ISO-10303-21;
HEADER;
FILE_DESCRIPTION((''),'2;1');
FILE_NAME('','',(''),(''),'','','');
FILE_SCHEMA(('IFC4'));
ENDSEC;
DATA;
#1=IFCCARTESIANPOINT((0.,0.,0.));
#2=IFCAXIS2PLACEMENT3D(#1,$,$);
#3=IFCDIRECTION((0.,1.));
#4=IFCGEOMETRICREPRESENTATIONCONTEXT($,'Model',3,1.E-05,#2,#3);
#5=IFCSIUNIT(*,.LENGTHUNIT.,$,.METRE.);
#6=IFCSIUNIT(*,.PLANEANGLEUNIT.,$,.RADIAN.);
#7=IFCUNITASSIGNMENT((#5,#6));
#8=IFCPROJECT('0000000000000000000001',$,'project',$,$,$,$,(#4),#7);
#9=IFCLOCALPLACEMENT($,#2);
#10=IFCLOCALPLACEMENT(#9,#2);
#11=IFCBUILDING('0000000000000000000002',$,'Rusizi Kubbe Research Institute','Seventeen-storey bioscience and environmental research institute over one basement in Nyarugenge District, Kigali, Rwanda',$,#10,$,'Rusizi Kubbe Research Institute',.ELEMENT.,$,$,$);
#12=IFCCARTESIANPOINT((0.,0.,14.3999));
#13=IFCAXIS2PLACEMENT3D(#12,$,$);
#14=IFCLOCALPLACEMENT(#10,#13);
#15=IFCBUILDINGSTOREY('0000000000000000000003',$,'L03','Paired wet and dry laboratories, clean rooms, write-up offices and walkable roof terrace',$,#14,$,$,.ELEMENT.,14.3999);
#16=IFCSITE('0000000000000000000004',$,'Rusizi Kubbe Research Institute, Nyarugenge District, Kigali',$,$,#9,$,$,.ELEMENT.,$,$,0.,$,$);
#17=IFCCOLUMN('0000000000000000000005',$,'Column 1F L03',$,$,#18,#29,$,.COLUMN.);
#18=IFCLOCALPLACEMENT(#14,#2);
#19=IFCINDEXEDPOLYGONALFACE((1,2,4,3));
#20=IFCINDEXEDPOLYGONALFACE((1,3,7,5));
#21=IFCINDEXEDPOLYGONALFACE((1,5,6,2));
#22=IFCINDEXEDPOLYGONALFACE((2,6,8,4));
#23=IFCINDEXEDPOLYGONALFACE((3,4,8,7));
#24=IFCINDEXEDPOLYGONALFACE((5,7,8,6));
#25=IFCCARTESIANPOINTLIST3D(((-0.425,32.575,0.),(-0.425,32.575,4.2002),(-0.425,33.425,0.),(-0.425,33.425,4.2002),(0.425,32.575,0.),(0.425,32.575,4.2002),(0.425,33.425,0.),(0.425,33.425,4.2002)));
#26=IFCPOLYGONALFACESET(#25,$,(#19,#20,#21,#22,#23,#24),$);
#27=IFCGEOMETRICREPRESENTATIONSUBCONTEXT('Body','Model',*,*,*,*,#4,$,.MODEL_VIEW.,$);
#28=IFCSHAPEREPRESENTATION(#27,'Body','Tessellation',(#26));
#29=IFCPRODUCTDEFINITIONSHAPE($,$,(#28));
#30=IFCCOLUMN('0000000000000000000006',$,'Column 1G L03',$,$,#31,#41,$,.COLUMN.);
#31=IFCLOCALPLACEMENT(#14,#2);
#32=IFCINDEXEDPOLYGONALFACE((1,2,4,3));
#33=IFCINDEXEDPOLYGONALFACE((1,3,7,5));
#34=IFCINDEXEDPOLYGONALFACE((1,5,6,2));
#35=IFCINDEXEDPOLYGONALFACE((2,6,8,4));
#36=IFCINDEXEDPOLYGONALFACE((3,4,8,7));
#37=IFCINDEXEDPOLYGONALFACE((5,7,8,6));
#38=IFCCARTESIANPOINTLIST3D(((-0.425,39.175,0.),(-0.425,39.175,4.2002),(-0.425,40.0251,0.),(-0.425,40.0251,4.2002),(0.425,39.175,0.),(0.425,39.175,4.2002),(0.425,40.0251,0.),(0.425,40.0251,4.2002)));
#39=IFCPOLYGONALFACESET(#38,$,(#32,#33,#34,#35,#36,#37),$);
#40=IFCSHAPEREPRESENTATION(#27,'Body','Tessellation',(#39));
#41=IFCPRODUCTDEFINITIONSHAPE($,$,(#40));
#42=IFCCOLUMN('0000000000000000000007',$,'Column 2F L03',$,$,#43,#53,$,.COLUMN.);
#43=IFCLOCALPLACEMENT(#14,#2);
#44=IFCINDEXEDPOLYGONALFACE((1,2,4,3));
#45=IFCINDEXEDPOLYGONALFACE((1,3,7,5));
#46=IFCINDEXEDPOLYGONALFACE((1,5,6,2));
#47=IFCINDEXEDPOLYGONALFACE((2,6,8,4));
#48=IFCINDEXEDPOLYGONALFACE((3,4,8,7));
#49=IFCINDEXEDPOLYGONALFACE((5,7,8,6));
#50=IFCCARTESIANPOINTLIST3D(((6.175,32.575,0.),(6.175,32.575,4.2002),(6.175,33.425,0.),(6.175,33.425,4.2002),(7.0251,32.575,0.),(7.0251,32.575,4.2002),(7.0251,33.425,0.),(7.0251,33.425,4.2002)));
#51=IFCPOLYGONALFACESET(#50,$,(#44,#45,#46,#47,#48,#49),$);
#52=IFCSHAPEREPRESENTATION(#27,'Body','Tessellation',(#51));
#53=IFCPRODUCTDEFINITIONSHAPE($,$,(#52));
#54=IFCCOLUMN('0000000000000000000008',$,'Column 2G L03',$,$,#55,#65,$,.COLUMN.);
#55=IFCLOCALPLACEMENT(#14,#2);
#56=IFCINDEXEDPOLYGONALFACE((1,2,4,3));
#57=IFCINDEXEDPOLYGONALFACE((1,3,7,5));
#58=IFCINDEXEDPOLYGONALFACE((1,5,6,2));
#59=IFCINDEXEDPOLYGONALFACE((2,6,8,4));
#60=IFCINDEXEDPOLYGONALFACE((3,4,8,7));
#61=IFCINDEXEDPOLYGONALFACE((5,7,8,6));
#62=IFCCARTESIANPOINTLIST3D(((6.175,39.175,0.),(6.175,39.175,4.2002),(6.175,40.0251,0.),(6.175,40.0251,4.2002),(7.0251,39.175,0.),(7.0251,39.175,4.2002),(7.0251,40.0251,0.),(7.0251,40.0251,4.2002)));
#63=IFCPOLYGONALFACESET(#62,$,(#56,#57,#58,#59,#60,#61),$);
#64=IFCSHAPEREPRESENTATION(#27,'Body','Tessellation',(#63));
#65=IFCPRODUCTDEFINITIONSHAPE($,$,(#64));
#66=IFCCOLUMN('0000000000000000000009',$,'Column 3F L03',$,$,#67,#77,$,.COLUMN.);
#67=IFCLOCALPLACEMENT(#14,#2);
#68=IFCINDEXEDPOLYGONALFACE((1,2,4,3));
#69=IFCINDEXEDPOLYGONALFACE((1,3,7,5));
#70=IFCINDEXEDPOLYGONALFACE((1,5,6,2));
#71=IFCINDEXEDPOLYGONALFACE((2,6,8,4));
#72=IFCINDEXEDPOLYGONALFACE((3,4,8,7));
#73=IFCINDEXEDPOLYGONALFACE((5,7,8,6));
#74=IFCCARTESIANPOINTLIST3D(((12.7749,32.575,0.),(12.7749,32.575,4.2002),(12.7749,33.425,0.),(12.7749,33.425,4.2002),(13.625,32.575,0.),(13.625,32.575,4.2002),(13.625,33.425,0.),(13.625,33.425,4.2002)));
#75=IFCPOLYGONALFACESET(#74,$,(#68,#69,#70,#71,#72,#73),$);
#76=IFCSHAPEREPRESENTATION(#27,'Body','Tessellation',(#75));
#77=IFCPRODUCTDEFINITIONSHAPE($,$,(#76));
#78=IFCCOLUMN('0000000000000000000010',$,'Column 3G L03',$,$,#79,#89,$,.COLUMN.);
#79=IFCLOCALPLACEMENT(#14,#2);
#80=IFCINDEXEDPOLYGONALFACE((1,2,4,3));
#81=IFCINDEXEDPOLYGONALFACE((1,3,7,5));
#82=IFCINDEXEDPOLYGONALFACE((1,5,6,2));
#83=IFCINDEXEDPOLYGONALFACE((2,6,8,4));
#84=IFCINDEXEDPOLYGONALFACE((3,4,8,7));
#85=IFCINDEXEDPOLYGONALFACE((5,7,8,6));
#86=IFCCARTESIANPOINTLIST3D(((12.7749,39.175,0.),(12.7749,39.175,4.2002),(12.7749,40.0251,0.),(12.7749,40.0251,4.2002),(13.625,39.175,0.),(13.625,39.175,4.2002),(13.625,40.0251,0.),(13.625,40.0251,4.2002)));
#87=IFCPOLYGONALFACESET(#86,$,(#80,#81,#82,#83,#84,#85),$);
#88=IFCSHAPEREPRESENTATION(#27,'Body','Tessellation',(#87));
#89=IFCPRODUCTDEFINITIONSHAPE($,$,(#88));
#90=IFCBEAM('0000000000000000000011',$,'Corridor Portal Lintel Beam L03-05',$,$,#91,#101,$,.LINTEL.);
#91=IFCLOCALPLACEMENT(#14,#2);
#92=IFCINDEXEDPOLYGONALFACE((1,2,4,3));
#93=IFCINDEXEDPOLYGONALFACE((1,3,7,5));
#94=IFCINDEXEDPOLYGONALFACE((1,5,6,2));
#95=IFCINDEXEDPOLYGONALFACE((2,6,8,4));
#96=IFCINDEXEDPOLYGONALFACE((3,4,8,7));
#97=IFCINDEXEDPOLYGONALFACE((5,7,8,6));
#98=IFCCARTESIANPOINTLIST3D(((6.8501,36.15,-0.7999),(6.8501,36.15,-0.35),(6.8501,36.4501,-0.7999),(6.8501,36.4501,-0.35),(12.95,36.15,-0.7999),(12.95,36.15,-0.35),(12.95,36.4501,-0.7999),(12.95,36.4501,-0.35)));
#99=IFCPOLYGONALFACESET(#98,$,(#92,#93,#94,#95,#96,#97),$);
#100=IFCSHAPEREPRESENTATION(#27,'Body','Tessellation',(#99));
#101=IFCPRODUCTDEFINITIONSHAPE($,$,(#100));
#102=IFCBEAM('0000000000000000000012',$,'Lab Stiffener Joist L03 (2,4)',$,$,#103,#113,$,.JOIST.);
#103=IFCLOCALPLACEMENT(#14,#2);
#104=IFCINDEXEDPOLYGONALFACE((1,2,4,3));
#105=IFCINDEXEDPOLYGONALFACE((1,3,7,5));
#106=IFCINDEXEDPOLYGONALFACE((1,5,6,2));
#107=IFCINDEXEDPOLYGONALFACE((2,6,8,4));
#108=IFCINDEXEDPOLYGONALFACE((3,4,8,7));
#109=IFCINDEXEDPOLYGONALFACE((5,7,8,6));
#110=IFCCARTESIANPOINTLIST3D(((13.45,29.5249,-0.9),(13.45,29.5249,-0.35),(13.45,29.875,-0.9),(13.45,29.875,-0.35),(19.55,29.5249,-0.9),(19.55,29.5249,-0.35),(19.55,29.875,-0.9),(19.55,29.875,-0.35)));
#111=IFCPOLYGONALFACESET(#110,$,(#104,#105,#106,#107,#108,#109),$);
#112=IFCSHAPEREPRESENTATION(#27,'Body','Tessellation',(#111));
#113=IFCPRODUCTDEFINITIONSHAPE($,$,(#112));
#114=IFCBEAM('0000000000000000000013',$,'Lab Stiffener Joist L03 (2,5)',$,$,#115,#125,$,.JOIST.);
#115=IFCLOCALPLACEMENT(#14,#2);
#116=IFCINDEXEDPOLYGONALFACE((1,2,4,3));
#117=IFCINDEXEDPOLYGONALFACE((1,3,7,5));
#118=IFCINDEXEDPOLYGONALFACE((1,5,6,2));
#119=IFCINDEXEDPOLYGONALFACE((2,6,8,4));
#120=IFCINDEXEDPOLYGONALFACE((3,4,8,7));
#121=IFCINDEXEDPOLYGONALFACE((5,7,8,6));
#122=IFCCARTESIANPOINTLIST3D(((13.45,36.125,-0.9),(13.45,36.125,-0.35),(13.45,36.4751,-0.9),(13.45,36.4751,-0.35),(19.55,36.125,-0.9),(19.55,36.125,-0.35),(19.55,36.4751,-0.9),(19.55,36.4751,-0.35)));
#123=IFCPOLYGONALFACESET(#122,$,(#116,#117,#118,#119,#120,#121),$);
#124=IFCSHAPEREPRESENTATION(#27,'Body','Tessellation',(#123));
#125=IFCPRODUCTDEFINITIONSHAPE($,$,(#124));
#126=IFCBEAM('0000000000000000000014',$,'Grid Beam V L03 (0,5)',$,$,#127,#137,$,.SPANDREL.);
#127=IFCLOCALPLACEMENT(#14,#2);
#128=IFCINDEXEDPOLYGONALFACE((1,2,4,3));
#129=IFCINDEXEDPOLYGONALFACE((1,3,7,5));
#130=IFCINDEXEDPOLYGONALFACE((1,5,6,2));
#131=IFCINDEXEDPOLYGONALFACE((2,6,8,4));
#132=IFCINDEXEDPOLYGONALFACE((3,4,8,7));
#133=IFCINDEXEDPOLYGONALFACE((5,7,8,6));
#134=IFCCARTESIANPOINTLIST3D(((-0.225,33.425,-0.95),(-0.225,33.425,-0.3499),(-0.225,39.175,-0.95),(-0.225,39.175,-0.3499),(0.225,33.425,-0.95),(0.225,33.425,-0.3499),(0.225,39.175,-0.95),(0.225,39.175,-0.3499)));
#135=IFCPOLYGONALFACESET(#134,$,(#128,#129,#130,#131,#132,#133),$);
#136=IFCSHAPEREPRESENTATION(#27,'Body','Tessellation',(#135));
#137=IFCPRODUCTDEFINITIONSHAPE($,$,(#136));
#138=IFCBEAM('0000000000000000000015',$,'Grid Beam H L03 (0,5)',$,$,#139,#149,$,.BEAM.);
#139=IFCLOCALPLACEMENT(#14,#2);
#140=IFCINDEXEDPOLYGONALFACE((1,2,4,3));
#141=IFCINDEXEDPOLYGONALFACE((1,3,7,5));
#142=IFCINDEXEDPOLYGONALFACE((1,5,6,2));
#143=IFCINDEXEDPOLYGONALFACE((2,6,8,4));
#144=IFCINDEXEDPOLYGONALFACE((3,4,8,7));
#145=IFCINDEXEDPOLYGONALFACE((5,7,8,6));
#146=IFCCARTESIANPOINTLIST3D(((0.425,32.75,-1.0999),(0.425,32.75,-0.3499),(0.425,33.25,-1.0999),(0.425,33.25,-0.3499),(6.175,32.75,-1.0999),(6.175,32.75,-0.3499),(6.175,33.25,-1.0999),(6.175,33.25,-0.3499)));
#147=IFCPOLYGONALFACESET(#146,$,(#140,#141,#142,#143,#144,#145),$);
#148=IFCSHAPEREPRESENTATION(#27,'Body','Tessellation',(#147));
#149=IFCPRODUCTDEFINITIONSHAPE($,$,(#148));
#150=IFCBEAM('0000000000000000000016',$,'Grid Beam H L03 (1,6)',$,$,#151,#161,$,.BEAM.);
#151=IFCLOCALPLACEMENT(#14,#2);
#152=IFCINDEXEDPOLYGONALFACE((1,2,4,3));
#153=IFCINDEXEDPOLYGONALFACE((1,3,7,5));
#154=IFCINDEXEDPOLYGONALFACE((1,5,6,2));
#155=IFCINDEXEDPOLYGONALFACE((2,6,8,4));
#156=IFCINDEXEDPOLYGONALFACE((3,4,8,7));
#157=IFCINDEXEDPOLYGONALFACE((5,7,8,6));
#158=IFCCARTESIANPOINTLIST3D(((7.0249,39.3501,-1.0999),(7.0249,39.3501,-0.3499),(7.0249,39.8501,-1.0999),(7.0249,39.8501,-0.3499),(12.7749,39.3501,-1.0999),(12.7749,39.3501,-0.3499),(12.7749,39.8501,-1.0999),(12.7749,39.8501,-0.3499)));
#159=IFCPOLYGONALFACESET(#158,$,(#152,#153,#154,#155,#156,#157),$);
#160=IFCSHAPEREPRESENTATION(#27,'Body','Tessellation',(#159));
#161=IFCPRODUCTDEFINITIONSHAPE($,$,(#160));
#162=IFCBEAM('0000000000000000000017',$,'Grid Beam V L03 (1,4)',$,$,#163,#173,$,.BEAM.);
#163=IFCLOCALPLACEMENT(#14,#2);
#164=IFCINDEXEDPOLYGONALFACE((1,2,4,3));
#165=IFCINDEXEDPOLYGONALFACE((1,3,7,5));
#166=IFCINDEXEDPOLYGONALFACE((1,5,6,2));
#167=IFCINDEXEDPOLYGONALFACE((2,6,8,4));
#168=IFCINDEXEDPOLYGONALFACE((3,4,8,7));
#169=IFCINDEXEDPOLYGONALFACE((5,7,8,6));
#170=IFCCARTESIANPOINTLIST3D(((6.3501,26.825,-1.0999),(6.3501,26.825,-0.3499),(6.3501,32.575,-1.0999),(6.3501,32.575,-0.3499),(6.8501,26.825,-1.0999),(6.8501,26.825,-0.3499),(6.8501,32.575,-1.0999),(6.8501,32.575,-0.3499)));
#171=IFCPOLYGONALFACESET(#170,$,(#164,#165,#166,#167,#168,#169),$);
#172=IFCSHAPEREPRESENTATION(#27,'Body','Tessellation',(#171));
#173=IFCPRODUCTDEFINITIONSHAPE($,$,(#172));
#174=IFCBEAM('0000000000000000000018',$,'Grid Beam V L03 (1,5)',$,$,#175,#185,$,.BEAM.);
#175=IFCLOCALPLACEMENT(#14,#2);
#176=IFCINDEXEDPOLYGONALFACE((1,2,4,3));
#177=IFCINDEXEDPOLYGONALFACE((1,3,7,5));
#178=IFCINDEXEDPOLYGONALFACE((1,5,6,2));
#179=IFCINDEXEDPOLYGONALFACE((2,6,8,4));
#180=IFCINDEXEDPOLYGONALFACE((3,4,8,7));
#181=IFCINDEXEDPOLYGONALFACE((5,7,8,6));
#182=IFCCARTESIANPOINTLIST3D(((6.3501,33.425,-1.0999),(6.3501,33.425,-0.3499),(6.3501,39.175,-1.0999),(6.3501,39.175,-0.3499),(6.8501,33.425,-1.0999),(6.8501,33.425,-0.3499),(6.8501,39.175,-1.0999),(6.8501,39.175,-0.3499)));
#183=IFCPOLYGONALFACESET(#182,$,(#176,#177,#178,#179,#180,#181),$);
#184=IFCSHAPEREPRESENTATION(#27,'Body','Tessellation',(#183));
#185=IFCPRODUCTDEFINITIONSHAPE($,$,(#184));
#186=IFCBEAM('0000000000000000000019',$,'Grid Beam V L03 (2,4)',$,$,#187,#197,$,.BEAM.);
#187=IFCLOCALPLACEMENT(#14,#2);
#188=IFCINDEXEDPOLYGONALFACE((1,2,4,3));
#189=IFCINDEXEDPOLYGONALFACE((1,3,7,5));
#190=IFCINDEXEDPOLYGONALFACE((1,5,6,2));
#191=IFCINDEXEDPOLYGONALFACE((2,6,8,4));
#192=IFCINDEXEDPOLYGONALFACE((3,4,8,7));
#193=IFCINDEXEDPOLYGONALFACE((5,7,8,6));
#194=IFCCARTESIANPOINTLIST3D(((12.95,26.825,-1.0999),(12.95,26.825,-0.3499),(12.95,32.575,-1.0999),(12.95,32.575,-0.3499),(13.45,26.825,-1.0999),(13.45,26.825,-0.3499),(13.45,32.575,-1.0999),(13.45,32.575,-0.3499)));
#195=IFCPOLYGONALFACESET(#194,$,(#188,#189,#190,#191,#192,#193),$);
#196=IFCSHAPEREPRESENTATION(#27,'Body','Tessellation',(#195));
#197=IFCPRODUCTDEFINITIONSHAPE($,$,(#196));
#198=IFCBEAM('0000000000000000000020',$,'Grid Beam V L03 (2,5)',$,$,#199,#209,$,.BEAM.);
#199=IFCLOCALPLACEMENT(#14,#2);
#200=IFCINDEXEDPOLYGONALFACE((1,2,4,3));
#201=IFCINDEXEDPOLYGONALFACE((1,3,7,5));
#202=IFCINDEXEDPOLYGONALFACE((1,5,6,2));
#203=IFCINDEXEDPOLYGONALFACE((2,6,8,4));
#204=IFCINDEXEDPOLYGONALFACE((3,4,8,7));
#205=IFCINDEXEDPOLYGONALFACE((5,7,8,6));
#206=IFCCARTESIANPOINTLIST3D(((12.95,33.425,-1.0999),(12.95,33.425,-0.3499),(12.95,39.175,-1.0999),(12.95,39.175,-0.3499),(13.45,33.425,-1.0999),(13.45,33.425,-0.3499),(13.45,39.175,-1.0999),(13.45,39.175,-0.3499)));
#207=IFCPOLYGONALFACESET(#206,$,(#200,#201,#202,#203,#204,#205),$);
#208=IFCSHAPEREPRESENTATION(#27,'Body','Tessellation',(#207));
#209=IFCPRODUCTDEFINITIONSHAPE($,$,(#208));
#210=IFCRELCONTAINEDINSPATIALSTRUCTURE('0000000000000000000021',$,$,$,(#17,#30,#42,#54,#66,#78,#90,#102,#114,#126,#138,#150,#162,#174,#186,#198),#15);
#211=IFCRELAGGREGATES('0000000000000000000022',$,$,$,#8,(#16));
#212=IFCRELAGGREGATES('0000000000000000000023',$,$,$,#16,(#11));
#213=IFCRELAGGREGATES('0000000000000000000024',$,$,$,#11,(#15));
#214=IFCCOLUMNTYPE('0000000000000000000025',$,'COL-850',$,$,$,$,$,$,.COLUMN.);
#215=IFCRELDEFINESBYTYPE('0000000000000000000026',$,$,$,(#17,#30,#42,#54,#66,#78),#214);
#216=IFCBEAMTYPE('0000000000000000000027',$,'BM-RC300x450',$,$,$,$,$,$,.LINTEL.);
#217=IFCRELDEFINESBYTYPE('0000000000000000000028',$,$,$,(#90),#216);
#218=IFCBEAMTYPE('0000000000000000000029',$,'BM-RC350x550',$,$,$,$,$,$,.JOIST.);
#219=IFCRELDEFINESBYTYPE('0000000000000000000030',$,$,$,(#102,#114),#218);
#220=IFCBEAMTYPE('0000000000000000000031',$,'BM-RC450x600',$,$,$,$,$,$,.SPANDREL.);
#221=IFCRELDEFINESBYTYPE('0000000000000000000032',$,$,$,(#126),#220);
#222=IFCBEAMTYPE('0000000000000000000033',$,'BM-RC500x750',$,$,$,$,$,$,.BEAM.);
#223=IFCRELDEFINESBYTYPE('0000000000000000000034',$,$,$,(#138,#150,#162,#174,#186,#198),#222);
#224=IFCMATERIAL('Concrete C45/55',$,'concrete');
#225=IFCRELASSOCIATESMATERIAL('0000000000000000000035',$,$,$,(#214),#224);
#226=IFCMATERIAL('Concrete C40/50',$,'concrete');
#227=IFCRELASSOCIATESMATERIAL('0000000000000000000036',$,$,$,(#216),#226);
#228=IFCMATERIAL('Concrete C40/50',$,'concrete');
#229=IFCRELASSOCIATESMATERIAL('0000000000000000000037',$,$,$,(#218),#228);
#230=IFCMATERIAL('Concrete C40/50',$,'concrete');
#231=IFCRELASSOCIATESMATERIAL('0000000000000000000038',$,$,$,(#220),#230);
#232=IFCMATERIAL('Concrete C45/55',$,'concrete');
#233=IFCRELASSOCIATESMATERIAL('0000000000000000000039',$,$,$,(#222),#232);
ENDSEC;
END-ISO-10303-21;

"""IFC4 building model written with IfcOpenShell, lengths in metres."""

from ifc_helpers import new_model, si_unit, direction, frame, origin, origin_2d, place, context, subcontext, project, spatial, rectangle, extrude, material, material_profile, profile_set, type_object, element, save


model = new_model("IFC4")

# Units and contexts
model_context = context("Model", 3, precision=1e-05, world=origin(), true_north=direction((0.0, 1.0)))
body_context = subcontext(model_context, "Body", "Model", "MODEL_VIEW")
ifc_project = project(units=[si_unit("LENGTHUNIT", "METRE"), si_unit("PLANEANGLEUNIT", "RADIAN")], contexts=[model_context])

# Site, building, storey
site_placement = place(None, origin())
site = spatial("IfcSite", under=ifc_project, at=site_placement, Name="Rusizi Kubbe Research Institute, Nyarugenge District, Kigali", CompositionType="ELEMENT", RefElevation=0.0)
building_placement = place(site_placement, origin())
building = spatial("IfcBuilding", under=site, at=building_placement, Name="Rusizi Kubbe Research Institute", Description="Seventeen-storey bioscience and environmental research institute over one basement in Nyarugenge District, Kigali, Rwanda", LongName="Rusizi Kubbe Research Institute", CompositionType="ELEMENT")
storey_placement = place(building_placement, frame((0.0, 0.0, 14.3999)))
storey = spatial("IfcBuildingStorey", under=building, at=storey_placement, Name="L03", Description="Paired wet and dry laboratories, clean rooms, write-up offices and walkable roof terrace", CompositionType="ELEMENT", Elevation=14.3999)

# Columns
ifc_material_1 = material(Name="Concrete C45/55", Category="concrete")
ifc_material_profile_1 = material_profile(ifc_material_1, rectangle(XDim=0.8501, YDim=0.8501, at=origin_2d()), Name="RC850x850")
ifc_profile_set_1 = profile_set([ifc_material_profile_1], Name="Concrete C45/55")
column_type = type_object("IfcColumnType", Name="COL-850", PredefinedType="COLUMN", material=ifc_profile_set_1)
for number, where, z_axis, x_axis, name in (
    (1, (0.0, 33.0, 0.0), (0.0, 0.0, 1.0), (1.0, 0.0, 0.0), "Column 1F L03"),
    (2, (0.0, 39.6001, 0.0), (0.0, 0.0, 1.0), (1.0, 0.0, 0.0), "Column 1G L03"),
    (3, (6.6001, 33.0, 0.0), (0.0, 0.0, 1.0), (1.0, 0.0, 0.0), "Column 2F L03"),
    (4, (6.6001, 39.6001, 0.0), (0.0, 0.0, 1.0), (1.0, 0.0, 0.0), "Column 2G L03"),
    (5, (13.2, 33.0, 0.0), (0.0, 0.0, 1.0), (1.0, 0.0, 0.0), "Column 3F L03"),
    (6, (13.2, 39.6001, 0.0), (0.0, 0.0, 1.0), (1.0, 0.0, 0.0), "Column 3G L03"),
):
    element("IfcColumn", number, at=place(storey_placement, frame(where, z_axis=z_axis, x_axis=x_axis)), inside=storey, type_object=column_type, Name=name, PredefinedType="COLUMN", context=body_context, shape_type="SweptSolid", body=[
        extrude(rectangle(XDim=0.8501, YDim=0.8501, at=origin_2d()), origin(), (0.0, 0.0, 1.0), 4.2002),
    ])

# Beams
ifc_material_2 = material(Name="Concrete C40/50", Category="concrete")
ifc_material_profile_2 = material_profile(ifc_material_2, rectangle(XDim=0.3, YDim=0.45, at=origin_2d()), Name="RC300x450")
ifc_profile_set_2 = profile_set([ifc_material_profile_2], Name="Concrete C40/50")
beam_type_1 = type_object("IfcBeamType", Name="BM-RC300x450", PredefinedType="LINTEL", material=ifc_profile_set_2)
beam_1_placement = place(storey_placement, frame((6.8501, 36.3, -0.575), z_axis=(1.0, 0.0, 0.0), x_axis=(0.0, 1.0, 0.0)))
element("IfcBeam", 7, at=beam_1_placement, inside=storey, type_object=beam_type_1, Name="Corridor Portal Lintel Beam L03-05", PredefinedType="LINTEL", context=body_context, shape_type="SweptSolid", body=[
    extrude(rectangle(XDim=0.3, YDim=0.45, at=origin_2d()), origin(), (0.0, 0.0, 1.0), 6.0999),
])
ifc_material_3 = material(Name="Concrete C40/50", Category="concrete")
ifc_material_profile_3 = material_profile(ifc_material_3, rectangle(XDim=0.3501, YDim=0.55, at=origin_2d()), Name="RC350x550")
ifc_profile_set_3 = profile_set([ifc_material_profile_3], Name="Concrete C40/50")
beam_type_2 = type_object("IfcBeamType", Name="BM-RC350x550", PredefinedType="JOIST", material=ifc_profile_set_3)
for number, where, z_axis, x_axis, name in (
    (8, (13.45, 29.7, -0.625), (1.0, 0.0, 0.0), (0.0, 1.0, 0.0), "Lab Stiffener Joist L03 (2,4)"),
    (9, (13.45, 36.3, -0.625), (1.0, 0.0, 0.0), (0.0, 1.0, 0.0), "Lab Stiffener Joist L03 (2,5)"),
):
    element("IfcBeam", number, at=place(storey_placement, frame(where, z_axis=z_axis, x_axis=x_axis)), inside=storey, type_object=beam_type_2, Name=name, PredefinedType="JOIST", context=body_context, shape_type="SweptSolid", body=[
        extrude(rectangle(XDim=0.3501, YDim=0.55, at=origin_2d()), origin(), (0.0, 0.0, 1.0), 6.1001),
    ])
ifc_material_4 = material(Name="Concrete C40/50", Category="concrete")
ifc_material_profile_4 = material_profile(ifc_material_4, rectangle(XDim=0.45, YDim=0.6001, at=origin_2d()), Name="RC450x600")
ifc_profile_set_4 = profile_set([ifc_material_profile_4], Name="Concrete C40/50")
beam_type_3 = type_object("IfcBeamType", Name="BM-RC450x600", PredefinedType="SPANDREL", material=ifc_profile_set_4)
beam_2_placement = place(storey_placement, frame((0.0, 33.425, -0.6499), z_axis=(0.0, 1.0, 0.0), x_axis=(-1.0, 0.0, 0.0)))
element("IfcBeam", 10, at=beam_2_placement, inside=storey, type_object=beam_type_3, Name="Grid Beam V L03 (0,5)", PredefinedType="SPANDREL", context=body_context, shape_type="SweptSolid", body=[
    extrude(rectangle(XDim=0.45, YDim=0.6001, at=origin_2d()), origin(), (0.0, 0.0, 1.0), 5.75),
])
ifc_material_5 = material(Name="Concrete C45/55", Category="concrete")
ifc_material_profile_5 = material_profile(ifc_material_5, rectangle(XDim=0.5, YDim=0.75, at=origin_2d()), Name="RC500x750B")
ifc_profile_set_5 = profile_set([ifc_material_profile_5], Name="Concrete C45/55")
beam_type_4 = type_object("IfcBeamType", Name="BM-RC500x750", PredefinedType="BEAM", material=ifc_profile_set_5)
for number, where, z_axis, x_axis, name in (
    (11, (0.425, 33.0, -0.7249), (1.0, 0.0, 0.0), (0.0, 1.0, 0.0), "Grid Beam H L03 (0,5)"),
    (12, (7.0249, 39.6001, -0.7249), (1.0, 0.0, 0.0), (0.0, 1.0, 0.0), "Grid Beam H L03 (1,6)"),
    (13, (6.6001, 26.825, -0.7249), (0.0, 1.0, 0.0), (-1.0, 0.0, 0.0), "Grid Beam V L03 (1,4)"),
    (14, (6.6001, 33.425, -0.7249), (0.0, 1.0, 0.0), (-1.0, 0.0, 0.0), "Grid Beam V L03 (1,5)"),
    (15, (13.2, 26.825, -0.7249), (0.0, 1.0, 0.0), (-1.0, 0.0, 0.0), "Grid Beam V L03 (2,4)"),
    (16, (13.2, 33.425, -0.7249), (0.0, 1.0, 0.0), (-1.0, 0.0, 0.0), "Grid Beam V L03 (2,5)"),
):
    element("IfcBeam", number, at=place(storey_placement, frame(where, z_axis=z_axis, x_axis=x_axis)), inside=storey, type_object=beam_type_4, Name=name, PredefinedType="BEAM", context=body_context, shape_type="SweptSolid", body=[
        extrude(rectangle(XDim=0.5, YDim=0.75, at=origin_2d()), origin(), (0.0, 0.0, 1.0), 5.75),
    ])

save(model, "model.ifc")
